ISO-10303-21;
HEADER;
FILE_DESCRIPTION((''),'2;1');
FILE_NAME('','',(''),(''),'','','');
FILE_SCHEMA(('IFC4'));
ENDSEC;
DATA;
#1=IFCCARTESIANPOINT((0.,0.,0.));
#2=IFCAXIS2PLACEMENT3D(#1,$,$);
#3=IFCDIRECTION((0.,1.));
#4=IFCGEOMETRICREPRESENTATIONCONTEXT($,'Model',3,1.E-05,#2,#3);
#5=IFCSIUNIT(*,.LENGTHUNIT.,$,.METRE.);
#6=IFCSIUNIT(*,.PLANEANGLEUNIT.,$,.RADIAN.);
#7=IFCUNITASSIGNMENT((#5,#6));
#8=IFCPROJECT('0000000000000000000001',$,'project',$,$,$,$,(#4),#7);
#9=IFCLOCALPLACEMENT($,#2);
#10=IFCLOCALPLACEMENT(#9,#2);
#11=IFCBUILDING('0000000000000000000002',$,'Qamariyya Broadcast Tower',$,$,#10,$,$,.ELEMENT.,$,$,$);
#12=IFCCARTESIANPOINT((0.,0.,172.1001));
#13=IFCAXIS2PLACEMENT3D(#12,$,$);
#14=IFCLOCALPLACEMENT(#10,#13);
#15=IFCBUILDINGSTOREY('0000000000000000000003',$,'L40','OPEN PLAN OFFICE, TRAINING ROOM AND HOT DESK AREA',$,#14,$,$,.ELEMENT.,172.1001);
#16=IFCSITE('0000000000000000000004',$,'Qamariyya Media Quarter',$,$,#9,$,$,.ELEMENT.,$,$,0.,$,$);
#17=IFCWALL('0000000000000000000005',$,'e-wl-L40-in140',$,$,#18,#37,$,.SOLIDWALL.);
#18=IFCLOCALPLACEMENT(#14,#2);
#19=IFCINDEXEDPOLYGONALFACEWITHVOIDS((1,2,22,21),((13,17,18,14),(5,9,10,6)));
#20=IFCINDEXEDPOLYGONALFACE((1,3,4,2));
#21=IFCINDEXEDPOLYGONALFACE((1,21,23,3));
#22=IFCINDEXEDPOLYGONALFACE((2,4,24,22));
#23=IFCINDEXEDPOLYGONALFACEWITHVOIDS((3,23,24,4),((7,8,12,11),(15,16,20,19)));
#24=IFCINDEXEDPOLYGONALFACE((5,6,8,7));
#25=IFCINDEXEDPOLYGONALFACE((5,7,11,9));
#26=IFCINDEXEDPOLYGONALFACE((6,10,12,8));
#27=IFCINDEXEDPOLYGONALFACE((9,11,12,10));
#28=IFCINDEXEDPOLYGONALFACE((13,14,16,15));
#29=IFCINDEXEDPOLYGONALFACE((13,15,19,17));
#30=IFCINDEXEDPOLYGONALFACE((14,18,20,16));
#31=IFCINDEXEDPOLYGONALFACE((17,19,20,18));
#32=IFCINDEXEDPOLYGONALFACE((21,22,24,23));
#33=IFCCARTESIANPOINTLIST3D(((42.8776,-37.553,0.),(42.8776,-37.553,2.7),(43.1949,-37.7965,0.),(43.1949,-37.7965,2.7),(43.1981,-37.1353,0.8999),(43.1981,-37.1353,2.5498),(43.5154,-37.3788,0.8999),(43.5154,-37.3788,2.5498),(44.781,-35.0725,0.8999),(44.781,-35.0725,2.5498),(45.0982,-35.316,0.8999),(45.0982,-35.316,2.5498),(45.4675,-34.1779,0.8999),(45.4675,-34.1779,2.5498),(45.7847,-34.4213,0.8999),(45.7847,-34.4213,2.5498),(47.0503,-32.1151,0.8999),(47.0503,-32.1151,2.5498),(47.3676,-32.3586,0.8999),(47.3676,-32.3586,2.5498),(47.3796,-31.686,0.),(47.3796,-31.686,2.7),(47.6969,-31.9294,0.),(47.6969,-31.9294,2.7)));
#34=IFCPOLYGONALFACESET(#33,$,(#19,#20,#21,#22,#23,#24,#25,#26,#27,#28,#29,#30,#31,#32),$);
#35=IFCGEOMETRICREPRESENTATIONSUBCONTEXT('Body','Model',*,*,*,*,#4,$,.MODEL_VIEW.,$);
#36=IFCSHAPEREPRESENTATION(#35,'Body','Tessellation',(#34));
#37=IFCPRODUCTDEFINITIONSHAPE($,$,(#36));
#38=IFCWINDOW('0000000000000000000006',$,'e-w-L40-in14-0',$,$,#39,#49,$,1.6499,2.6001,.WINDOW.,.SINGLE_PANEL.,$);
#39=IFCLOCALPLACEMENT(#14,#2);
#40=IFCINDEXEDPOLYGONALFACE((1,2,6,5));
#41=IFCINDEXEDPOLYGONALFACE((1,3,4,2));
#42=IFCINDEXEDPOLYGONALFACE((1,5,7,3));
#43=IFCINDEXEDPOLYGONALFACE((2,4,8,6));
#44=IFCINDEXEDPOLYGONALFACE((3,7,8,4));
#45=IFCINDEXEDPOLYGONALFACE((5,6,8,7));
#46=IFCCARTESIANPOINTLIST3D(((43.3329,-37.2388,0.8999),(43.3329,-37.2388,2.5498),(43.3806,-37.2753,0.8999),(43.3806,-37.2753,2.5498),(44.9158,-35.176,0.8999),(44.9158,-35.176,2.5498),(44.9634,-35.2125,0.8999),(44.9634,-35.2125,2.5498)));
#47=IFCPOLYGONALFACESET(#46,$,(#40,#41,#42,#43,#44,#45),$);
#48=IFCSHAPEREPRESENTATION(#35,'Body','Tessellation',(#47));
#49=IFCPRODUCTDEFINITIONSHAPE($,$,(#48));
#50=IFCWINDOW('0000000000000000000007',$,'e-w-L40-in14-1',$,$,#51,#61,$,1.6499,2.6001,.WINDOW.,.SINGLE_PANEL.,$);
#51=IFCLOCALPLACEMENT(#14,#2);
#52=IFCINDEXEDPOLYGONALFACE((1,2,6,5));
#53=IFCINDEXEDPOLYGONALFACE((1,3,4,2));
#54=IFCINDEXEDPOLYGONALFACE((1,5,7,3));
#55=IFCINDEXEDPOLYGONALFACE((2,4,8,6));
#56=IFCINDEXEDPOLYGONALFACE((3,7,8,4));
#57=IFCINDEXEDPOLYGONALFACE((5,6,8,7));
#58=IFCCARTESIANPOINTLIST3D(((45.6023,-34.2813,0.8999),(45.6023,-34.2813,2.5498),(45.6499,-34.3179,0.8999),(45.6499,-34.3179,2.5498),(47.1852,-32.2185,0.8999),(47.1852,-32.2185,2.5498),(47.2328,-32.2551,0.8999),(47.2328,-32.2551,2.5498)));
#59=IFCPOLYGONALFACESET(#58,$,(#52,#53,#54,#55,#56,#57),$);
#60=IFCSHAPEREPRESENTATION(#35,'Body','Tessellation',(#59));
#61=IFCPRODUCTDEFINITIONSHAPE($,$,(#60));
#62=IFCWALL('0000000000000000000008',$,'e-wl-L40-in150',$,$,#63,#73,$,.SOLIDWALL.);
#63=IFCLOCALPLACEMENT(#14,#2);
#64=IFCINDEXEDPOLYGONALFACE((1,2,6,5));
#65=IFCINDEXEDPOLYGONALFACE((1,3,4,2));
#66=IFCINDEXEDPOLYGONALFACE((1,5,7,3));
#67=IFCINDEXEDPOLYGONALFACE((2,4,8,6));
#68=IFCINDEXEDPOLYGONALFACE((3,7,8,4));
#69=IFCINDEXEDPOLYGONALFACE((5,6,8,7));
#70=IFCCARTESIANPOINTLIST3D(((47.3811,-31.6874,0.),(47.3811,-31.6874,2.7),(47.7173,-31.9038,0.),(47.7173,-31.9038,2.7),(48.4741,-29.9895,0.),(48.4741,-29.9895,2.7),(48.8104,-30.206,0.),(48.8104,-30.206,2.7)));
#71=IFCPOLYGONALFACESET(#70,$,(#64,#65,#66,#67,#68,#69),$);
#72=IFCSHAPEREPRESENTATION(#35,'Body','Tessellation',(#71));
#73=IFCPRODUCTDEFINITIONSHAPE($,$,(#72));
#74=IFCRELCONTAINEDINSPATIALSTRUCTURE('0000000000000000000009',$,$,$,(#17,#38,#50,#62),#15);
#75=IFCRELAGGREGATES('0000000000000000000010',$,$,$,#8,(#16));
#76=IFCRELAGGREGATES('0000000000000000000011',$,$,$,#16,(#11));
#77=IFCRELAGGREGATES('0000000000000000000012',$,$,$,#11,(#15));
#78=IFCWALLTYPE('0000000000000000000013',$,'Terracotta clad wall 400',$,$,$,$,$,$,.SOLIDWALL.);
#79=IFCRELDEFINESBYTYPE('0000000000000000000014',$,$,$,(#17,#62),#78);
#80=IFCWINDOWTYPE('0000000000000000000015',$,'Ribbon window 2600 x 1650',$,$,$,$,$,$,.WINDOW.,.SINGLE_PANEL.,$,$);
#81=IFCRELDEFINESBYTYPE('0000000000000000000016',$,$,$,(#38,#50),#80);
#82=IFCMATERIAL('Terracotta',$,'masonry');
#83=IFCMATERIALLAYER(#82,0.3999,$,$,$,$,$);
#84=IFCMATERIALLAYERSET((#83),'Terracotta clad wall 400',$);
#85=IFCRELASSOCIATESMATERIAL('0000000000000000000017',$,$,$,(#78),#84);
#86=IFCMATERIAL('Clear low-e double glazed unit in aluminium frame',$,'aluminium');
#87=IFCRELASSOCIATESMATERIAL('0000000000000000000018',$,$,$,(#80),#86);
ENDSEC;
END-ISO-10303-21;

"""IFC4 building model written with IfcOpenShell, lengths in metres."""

from ifc_helpers import new_model, si_unit, direction, frame, frame_2d, origin, place, context, subcontext, project, spatial, rectangle, extrude, material, layer, layer_set, type_object, element, fill, save


model = new_model("IFC4")

# Units and contexts
model_context = context("Model", 3, precision=1e-05, world=origin(), true_north=direction((0.0, 1.0)))
body_context = subcontext(model_context, "Body", "Model", "MODEL_VIEW")
ifc_project = project(units=[si_unit("LENGTHUNIT", "METRE"), si_unit("PLANEANGLEUNIT", "RADIAN")], contexts=[model_context])

# Site, building, storey
site_placement = place(None, origin())
site = spatial("IfcSite", under=ifc_project, at=site_placement, Name="Qamariyya Media Quarter", CompositionType="ELEMENT", RefElevation=0.0)
building_placement = place(site_placement, origin())
building = spatial("IfcBuilding", under=site, at=building_placement, Name="Qamariyya Broadcast Tower", CompositionType="ELEMENT")
storey_placement = place(building_placement, frame((0.0, 0.0, 172.1001)))
storey = spatial("IfcBuildingStorey", under=building, at=storey_placement, Name="L40", Description="OPEN PLAN OFFICE, TRAINING ROOM AND HOT DESK AREA", CompositionType="ELEMENT", Elevation=172.1001)

# Wall, openings, windows
ifc_material_1 = material(Name="Terracotta", Category="masonry")
ifc_layer_1 = layer(ifc_material_1, 0.3999)
ifc_layer_set_1 = layer_set([ifc_layer_1], Name="Terracotta clad wall 400")
wall_type_1 = type_object("IfcWallType", Name="Terracotta clad wall 400", PredefinedType="SOLIDWALL", material=ifc_layer_set_1)
ifc_material_2 = material(Name="Clear low-e double glazed unit in aluminium frame", Category="aluminium")
window_type = type_object("IfcWindowType", Name="Ribbon window 2600 x 1650", PartitioningType="SINGLE_PANEL", PredefinedType="WINDOW", material=ifc_material_2)
wall_1_placement = place(storey_placement, frame((47.5383, -31.8076, 0.0), z_axis=(0.0, 0.0, 1.0), x_axis=(-0.608769, -0.793348, 0.0)))
wall_1 = element("IfcWall", 1, at=wall_1_placement, inside=storey, type_object=wall_type_1, Name="e-wl-L40-in140", PredefinedType="SOLIDWALL", context=body_context, shape_type="SweptSolid", body=[
    extrude(rectangle(XDim=7.3953, YDim=0.3999, at=frame_2d((3.6978, 0.0))), origin(), (0.0, 0.0, 1.0), 2.7),
])
opening_1_placement = place(wall_1_placement, frame((4.2688, 0.0, 0.8999)))
opening_1 = element("IfcOpeningElement", 2, at=opening_1_placement, cuts=wall_1, PredefinedType="OPENING", context=body_context, shape_type="SweptSolid", body=[
    extrude(rectangle(XDim=2.6001, YDim=1.6499, at=frame_2d((1.3, 0.825))), frame((0.0, 0.21, 0.0), z_axis=(0.0, -1.0, 0.0), x_axis=(1.0, 0.0, 0.0)), (0.0, 0.0, 1.0), 0.4199),
])
opening_2_placement = place(wall_1_placement, frame((0.541, 0.0, 0.8999)))
opening_2 = element("IfcOpeningElement", 3, at=opening_2_placement, cuts=wall_1, PredefinedType="OPENING", context=body_context, shape_type="SweptSolid", body=[
    extrude(rectangle(XDim=2.6001, YDim=1.6499, at=frame_2d((1.3, 0.825))), frame((0.0, 0.21, 0.0), z_axis=(0.0, -1.0, 0.0), x_axis=(1.0, 0.0, 0.0)), (0.0, 0.0, 1.0), 0.4199),
])
window_1_placement = place(opening_1_placement, origin())
window_1 = element("IfcWindow", 4, at=window_1_placement, inside=storey, type_object=window_type, Name="e-w-L40-in14-0", OverallHeight=1.6499, OverallWidth=2.6001, PartitioningType="SINGLE_PANEL", PredefinedType="WINDOW", context=body_context, shape_type="SweptSolid", body=[
    extrude(rectangle(XDim=2.6001, YDim=1.6499, at=frame_2d((1.3, 0.825))), frame((0.0, 0.03, 0.0), z_axis=(0.0, -1.0, 0.0), x_axis=(1.0, 0.0, 0.0)), (0.0, 0.0, 1.0), 0.0601),
])
fill(opening_1, window_1)
window_2_placement = place(opening_2_placement, origin())
window_2 = element("IfcWindow", 5, at=window_2_placement, inside=storey, type_object=window_type, Name="e-w-L40-in14-1", OverallHeight=1.6499, OverallWidth=2.6001, PartitioningType="SINGLE_PANEL", PredefinedType="WINDOW", context=body_context, shape_type="SweptSolid", body=[
    extrude(rectangle(XDim=2.6001, YDim=1.6499, at=frame_2d((1.3, 0.825))), frame((0.0, 0.03, 0.0), z_axis=(0.0, -1.0, 0.0), x_axis=(1.0, 0.0, 0.0)), (0.0, 0.0, 1.0), 0.0601),
])
fill(opening_2, window_2)

# Wall
wall_2_placement = place(storey_placement, frame((48.6423, -30.0977, 0.0), z_axis=(0.0, 0.0, 1.0), x_axis=(-0.54132, -0.840817, 0.0)))
element("IfcWall", 6, at=wall_2_placement, inside=storey, type_object=wall_type_1, Name="e-wl-L40-in150", PredefinedType="SOLIDWALL", context=body_context, shape_type="SweptSolid", body=[
    extrude(rectangle(XDim=2.0193, YDim=0.3999, at=frame_2d((1.0098, 0.0))), origin(), (0.0, 0.0, 1.0), 2.7),
])

save(model, "model.ifc")
